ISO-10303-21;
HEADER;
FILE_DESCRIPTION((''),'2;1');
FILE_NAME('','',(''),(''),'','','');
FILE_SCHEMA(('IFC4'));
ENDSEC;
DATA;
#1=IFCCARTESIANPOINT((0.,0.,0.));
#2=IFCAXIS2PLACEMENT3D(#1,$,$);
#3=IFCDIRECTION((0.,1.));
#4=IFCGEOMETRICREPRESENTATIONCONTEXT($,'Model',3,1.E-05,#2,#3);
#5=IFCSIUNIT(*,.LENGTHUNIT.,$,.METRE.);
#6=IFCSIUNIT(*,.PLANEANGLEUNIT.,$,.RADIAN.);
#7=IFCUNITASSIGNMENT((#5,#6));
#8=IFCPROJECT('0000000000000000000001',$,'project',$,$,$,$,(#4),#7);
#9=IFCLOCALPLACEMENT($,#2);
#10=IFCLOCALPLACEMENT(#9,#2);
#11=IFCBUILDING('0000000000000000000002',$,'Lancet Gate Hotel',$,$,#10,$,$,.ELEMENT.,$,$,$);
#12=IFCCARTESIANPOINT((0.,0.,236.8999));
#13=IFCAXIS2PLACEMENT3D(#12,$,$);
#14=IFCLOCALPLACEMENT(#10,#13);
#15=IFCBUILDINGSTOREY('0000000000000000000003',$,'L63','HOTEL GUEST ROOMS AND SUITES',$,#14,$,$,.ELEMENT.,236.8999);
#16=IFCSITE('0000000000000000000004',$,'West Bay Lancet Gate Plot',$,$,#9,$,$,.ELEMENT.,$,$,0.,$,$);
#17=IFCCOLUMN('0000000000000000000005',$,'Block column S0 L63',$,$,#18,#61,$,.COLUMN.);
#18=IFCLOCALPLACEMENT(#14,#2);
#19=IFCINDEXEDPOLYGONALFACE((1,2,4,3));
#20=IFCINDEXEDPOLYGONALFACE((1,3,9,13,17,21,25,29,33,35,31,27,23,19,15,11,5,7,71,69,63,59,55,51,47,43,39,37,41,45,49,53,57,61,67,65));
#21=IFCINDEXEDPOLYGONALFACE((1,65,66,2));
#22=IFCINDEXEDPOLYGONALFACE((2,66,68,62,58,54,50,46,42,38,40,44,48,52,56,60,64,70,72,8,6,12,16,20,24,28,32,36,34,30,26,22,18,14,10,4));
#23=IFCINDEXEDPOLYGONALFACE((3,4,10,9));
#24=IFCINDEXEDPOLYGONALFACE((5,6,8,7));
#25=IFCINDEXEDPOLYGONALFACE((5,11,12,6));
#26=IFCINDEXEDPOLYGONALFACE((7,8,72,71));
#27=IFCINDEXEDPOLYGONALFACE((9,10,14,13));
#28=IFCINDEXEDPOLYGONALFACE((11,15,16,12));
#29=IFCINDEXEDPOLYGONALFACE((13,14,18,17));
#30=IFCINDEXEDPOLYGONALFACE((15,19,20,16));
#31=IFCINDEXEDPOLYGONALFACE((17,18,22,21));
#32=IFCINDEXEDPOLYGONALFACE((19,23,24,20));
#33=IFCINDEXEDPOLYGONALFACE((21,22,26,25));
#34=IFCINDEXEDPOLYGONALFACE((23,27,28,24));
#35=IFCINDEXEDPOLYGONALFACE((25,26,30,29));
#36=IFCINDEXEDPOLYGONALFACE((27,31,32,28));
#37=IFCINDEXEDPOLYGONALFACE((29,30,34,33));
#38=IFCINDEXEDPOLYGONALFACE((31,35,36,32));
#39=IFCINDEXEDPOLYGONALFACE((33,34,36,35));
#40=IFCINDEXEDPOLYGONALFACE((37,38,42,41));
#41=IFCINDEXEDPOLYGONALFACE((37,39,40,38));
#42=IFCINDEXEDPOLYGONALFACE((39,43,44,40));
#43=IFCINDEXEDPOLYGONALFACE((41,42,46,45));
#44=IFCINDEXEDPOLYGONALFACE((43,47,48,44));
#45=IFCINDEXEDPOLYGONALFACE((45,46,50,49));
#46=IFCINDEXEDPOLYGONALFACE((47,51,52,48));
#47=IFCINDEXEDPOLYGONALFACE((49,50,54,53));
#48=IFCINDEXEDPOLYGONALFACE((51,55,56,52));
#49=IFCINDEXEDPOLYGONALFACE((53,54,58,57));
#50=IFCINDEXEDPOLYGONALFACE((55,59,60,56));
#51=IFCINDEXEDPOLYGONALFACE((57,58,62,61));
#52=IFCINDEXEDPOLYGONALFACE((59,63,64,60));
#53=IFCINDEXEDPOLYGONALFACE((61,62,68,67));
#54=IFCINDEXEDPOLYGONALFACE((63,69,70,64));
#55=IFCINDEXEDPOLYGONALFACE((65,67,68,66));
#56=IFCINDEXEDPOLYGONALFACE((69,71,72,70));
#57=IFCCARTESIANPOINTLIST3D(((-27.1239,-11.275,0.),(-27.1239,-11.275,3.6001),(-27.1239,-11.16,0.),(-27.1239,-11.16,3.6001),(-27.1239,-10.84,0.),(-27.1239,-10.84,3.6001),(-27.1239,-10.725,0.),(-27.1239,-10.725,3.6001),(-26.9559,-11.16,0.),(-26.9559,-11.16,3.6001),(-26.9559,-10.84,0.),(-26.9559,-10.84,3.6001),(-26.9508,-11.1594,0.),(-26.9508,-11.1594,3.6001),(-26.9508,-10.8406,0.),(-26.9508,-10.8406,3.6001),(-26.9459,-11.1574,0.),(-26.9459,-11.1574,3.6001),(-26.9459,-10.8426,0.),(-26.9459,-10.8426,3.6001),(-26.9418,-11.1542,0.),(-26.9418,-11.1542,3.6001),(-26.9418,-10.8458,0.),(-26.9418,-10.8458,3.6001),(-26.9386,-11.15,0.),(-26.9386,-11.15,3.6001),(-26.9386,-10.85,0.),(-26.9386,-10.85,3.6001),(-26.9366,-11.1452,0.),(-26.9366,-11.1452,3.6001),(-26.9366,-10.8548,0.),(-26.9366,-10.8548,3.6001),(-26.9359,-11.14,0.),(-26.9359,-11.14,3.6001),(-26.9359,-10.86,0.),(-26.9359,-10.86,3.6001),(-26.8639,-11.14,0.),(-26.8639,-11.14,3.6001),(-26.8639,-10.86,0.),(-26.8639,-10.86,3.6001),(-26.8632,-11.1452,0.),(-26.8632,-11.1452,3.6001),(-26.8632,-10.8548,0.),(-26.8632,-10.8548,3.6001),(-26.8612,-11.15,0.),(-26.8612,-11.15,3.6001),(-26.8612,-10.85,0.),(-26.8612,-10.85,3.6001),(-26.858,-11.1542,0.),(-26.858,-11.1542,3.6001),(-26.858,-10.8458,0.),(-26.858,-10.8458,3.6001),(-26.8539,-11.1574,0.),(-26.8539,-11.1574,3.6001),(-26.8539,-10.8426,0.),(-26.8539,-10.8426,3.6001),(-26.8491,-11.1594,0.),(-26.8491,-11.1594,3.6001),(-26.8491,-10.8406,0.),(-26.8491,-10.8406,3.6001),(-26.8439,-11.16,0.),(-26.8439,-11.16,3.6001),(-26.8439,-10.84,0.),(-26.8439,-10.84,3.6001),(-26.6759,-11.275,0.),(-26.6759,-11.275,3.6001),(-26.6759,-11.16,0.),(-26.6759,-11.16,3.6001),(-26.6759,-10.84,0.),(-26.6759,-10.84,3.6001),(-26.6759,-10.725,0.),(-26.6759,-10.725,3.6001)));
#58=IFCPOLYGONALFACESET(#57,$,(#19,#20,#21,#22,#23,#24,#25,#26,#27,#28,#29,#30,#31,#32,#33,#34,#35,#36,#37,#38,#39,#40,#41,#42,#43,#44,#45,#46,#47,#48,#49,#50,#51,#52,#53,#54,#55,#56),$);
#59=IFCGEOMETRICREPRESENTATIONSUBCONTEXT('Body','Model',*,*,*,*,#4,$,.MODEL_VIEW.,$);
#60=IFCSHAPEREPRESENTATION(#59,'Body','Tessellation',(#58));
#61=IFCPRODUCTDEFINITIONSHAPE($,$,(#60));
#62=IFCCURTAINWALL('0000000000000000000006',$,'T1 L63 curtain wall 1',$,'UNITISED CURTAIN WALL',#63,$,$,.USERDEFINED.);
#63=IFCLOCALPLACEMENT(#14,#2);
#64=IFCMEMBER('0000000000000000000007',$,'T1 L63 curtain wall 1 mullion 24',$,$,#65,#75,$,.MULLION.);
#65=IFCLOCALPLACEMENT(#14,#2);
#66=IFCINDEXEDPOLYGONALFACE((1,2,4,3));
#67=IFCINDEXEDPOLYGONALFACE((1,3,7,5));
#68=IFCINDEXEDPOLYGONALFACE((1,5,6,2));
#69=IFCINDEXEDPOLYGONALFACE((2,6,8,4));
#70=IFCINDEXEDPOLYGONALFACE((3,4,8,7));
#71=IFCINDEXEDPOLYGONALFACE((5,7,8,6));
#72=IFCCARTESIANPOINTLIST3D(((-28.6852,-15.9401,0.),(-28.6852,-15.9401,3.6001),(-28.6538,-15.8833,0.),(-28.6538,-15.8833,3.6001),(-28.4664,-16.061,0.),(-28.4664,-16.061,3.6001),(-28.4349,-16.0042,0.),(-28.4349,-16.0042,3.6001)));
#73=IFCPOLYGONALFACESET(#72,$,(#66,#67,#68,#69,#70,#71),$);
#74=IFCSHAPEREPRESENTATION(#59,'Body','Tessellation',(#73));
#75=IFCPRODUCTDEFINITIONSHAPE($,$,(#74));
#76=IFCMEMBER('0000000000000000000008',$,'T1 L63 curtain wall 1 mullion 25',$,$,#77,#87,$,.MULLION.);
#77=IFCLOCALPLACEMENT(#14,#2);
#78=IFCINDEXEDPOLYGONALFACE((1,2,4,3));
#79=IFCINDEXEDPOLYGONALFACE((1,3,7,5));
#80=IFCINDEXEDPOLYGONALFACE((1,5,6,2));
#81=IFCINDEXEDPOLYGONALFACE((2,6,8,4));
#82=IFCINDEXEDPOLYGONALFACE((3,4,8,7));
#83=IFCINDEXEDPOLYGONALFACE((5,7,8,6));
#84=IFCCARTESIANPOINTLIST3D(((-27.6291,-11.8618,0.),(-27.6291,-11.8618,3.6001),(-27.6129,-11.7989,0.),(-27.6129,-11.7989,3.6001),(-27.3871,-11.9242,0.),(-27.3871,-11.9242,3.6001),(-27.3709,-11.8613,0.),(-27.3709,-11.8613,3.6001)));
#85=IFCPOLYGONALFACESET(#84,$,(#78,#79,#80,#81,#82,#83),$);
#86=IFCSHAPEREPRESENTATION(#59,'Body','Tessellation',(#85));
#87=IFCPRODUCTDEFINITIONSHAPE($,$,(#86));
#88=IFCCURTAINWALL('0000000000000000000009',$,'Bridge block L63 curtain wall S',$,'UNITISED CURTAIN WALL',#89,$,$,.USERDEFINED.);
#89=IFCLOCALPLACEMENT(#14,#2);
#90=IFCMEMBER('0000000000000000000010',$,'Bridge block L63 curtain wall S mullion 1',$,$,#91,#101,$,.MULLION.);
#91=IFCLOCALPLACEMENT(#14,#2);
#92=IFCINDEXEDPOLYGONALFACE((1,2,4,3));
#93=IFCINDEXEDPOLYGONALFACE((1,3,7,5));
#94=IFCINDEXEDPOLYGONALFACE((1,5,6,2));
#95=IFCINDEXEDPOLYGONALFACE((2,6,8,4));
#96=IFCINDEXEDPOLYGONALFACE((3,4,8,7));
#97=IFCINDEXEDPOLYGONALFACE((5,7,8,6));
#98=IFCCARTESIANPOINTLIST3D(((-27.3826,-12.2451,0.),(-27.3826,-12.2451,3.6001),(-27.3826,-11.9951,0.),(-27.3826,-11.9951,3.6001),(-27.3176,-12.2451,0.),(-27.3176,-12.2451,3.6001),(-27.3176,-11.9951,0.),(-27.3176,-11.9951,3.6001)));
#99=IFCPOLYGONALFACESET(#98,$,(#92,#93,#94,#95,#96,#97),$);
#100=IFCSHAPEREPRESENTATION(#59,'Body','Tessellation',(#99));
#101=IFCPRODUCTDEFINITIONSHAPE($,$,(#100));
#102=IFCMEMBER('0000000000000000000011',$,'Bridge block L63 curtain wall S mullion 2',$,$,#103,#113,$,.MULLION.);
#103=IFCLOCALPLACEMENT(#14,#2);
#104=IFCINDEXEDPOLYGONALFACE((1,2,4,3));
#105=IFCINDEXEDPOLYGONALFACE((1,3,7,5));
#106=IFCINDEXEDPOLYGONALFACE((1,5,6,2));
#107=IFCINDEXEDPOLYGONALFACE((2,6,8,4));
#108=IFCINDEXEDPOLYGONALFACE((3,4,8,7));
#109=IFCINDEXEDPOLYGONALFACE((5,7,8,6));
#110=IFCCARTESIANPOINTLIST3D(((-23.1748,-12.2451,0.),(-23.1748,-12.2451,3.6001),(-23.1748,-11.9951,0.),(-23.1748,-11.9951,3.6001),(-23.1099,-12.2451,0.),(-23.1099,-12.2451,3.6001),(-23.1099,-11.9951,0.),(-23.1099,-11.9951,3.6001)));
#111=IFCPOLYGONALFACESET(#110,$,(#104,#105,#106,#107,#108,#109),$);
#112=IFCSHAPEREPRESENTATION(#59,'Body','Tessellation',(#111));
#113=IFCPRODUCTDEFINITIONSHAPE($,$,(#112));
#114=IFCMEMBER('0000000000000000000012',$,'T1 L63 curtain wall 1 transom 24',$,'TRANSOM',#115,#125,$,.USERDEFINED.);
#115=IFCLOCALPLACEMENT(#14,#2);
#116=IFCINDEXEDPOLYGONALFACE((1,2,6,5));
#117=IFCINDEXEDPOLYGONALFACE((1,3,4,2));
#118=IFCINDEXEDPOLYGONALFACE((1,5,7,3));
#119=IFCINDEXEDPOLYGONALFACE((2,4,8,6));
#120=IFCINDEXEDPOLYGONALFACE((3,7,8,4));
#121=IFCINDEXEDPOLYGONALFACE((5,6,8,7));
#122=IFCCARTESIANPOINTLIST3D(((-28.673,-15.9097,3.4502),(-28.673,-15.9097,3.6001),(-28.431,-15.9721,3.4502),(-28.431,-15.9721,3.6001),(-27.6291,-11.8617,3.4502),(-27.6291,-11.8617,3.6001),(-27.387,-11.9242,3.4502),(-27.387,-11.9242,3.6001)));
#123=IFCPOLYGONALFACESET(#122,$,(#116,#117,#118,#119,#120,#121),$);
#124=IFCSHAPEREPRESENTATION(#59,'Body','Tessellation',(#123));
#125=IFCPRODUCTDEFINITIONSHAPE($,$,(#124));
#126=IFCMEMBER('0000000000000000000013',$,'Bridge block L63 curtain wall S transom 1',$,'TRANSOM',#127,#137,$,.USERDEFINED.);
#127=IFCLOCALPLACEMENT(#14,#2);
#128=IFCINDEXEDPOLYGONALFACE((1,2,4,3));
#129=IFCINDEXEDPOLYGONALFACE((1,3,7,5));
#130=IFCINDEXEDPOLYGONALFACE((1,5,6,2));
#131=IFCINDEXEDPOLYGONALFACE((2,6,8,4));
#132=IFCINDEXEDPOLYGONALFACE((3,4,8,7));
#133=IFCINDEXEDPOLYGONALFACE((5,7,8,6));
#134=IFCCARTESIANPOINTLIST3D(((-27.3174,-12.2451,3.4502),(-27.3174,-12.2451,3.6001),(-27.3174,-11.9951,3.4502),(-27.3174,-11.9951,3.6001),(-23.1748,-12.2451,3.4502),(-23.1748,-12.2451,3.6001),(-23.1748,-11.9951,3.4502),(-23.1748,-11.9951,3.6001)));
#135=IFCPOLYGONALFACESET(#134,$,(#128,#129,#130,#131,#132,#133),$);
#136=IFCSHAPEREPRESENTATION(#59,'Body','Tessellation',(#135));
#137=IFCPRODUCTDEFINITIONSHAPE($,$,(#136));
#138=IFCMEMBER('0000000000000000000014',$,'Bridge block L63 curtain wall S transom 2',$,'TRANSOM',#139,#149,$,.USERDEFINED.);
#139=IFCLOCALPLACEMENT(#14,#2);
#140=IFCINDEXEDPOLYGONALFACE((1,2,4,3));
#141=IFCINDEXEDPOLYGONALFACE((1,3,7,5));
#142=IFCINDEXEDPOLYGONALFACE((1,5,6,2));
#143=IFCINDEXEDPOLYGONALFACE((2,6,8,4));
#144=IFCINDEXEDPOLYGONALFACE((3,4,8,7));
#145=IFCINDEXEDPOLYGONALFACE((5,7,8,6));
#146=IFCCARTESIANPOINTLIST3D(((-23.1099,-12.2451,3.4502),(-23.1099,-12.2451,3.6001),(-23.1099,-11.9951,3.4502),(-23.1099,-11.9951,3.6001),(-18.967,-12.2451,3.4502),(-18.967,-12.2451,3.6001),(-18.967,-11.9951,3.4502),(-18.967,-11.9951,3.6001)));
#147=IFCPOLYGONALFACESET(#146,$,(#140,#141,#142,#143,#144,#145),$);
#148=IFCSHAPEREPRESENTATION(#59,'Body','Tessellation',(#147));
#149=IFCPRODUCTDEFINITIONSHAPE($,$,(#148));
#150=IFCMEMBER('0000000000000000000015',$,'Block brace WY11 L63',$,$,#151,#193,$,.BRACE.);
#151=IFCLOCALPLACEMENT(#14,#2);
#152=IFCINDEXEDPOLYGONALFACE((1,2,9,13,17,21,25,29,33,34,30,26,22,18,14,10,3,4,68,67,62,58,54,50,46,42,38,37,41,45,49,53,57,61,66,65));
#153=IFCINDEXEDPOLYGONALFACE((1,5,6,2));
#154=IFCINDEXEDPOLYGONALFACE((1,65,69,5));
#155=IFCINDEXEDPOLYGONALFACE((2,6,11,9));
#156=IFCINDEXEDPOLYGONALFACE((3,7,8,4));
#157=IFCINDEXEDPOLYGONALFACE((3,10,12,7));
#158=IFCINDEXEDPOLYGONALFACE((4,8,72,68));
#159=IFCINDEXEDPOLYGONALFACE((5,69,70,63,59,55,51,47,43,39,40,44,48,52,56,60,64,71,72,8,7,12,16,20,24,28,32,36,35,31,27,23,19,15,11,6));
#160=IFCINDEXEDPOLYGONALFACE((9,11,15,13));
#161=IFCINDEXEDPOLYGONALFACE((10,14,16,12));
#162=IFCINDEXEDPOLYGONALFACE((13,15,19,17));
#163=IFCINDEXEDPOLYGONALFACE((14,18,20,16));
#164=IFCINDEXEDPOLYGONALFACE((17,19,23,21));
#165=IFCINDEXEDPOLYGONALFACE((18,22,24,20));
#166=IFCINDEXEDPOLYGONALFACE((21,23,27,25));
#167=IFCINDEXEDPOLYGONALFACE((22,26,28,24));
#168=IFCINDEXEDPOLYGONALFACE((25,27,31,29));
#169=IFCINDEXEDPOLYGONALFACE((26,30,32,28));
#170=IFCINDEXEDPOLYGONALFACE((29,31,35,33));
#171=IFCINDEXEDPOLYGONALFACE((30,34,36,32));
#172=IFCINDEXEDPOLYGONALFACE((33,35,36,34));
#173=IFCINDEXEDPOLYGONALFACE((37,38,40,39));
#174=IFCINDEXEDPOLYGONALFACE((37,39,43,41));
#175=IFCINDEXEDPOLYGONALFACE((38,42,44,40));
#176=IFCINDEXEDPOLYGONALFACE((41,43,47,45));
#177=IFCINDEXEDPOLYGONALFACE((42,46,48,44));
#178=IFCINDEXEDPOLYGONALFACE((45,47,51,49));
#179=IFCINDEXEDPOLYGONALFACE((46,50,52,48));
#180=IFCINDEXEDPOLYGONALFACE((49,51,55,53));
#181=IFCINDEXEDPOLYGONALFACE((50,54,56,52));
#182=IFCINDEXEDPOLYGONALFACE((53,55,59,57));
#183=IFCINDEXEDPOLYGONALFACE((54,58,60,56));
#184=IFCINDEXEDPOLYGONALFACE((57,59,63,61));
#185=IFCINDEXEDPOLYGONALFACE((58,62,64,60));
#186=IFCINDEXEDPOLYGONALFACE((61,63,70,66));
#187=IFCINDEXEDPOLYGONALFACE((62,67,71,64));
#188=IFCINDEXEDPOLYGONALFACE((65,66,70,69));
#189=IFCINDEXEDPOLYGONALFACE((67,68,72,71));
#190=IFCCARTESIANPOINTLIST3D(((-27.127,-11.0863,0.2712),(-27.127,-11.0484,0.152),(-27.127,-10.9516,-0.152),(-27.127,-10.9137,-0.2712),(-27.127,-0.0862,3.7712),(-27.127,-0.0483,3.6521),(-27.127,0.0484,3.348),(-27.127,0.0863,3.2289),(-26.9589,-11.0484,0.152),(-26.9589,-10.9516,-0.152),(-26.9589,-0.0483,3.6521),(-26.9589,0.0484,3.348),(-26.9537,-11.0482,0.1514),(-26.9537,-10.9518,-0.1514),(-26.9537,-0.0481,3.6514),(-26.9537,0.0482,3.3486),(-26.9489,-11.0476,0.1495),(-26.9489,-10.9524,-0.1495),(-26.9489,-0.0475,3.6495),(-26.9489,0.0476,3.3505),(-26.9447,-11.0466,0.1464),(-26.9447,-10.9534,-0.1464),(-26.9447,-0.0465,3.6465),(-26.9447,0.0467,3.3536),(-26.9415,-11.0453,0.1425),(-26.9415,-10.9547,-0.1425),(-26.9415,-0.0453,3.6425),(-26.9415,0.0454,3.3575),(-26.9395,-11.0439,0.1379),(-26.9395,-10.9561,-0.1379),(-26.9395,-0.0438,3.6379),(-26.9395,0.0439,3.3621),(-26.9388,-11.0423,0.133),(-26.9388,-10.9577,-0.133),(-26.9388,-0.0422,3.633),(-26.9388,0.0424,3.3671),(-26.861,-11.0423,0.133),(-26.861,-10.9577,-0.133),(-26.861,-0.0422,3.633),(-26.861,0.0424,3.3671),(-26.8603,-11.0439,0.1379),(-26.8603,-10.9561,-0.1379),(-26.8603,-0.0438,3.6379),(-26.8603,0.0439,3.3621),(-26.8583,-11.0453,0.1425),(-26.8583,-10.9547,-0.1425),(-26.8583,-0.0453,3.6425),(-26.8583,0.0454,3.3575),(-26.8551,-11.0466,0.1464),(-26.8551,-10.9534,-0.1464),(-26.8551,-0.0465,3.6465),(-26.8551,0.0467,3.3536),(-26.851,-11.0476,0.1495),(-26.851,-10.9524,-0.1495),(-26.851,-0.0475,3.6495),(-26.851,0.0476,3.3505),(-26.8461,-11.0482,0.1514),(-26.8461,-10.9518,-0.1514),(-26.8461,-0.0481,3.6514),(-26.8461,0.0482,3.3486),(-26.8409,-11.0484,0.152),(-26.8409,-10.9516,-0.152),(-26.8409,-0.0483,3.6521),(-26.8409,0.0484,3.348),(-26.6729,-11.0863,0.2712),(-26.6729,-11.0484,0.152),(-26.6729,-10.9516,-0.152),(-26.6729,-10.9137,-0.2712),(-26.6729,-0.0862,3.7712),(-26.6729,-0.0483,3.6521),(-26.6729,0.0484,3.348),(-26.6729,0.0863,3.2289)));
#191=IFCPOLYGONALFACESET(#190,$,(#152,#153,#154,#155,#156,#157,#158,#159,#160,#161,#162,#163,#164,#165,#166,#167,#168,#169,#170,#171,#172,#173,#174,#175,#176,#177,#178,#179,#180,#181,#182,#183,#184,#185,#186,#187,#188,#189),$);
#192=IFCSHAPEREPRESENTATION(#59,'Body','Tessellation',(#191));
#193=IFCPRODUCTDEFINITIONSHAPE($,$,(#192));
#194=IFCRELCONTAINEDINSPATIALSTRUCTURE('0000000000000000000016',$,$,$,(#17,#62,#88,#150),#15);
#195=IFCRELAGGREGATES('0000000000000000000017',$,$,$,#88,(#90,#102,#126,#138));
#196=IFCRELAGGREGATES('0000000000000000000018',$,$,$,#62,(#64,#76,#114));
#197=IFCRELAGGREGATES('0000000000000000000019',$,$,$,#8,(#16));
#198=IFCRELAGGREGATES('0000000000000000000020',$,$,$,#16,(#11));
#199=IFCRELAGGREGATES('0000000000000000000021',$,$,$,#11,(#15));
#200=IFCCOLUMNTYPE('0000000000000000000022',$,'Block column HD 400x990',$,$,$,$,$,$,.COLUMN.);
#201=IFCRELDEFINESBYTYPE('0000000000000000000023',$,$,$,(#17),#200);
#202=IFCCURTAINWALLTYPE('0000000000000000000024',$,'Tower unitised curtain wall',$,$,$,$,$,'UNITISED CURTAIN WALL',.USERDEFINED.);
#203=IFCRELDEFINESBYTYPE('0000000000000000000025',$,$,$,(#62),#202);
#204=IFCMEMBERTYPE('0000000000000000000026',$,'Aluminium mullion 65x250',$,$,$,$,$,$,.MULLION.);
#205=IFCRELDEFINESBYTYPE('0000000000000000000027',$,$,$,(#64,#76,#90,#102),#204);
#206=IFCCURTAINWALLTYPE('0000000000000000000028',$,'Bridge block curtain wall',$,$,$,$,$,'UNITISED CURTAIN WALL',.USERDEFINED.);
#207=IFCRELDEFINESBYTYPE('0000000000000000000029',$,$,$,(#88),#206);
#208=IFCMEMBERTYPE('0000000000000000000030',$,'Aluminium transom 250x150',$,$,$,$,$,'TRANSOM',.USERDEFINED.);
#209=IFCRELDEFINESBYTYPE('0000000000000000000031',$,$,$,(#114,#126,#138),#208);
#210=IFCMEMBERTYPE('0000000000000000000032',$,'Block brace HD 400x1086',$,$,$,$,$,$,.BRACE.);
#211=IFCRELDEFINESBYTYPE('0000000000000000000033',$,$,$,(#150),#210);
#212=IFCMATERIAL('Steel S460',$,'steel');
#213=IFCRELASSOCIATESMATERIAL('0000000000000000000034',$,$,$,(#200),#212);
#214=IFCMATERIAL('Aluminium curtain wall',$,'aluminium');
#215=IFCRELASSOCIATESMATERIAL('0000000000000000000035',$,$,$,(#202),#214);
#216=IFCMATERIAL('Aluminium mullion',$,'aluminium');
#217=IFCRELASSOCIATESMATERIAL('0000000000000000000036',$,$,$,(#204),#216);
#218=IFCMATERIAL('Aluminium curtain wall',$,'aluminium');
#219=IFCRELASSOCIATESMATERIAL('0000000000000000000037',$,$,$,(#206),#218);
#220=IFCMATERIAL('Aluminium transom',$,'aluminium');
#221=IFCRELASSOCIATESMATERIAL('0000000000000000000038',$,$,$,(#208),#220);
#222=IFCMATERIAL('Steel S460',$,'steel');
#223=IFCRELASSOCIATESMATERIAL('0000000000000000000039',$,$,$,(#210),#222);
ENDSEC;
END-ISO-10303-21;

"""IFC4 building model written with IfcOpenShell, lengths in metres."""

from ifc_helpers import new_model, si_unit, direction, frame, origin, origin_2d, place, context, subcontext, project, spatial, rectangle, i_section, extrude, material, material_profile, profile_set, type_object, element, aggregate, save


model = new_model("IFC4")

# Units and contexts
model_context = context("Model", 3, precision=1e-05, world=origin(), true_north=direction((0.0, 1.0)))
body_context = subcontext(model_context, "Body", "Model", "MODEL_VIEW")
ifc_project = project(units=[si_unit("LENGTHUNIT", "METRE"), si_unit("PLANEANGLEUNIT", "RADIAN")], contexts=[model_context])

# Site, building, storey
site_placement = place(None, origin())
site = spatial("IfcSite", under=ifc_project, at=site_placement, Name="West Bay Lancet Gate Plot", CompositionType="ELEMENT", RefElevation=0.0)
building_placement = place(site_placement, origin())
building = spatial("IfcBuilding", under=site, at=building_placement, Name="Lancet Gate Hotel", CompositionType="ELEMENT")
storey_placement = place(building_placement, frame((0.0, 0.0, 236.8999)))
storey = spatial("IfcBuildingStorey", under=building, at=storey_placement, Name="L63", Description="HOTEL GUEST ROOMS AND SUITES", CompositionType="ELEMENT", Elevation=236.8999)

# Column
ifc_material_1 = material(Name="Steel S460", Category="steel")
ifc_material_profile_1 = material_profile(ifc_material_1, i_section(OverallWidth=0.448, OverallDepth=0.55, WebThickness=0.072, FlangeThickness=0.115, FilletRadius=0.02, at=origin_2d()), Name="HD 400x990")
ifc_profile_set_1 = profile_set([ifc_material_profile_1], Name="Steel S460")
column_type = type_object("IfcColumnType", Name="Block column HD 400x990", PredefinedType="COLUMN", material=ifc_profile_set_1)
column_placement = place(storey_placement, frame((-26.8999, -11.0, 0.0), z_axis=(0.0, 0.0, 1.0), x_axis=(1.0, 0.0, 0.0)))
element("IfcColumn", 1, at=column_placement, inside=storey, type_object=column_type, Name="Block column S0 L63", PredefinedType="COLUMN", context=body_context, shape_type="SweptSolid", body=[
    extrude(i_section(OverallWidth=0.448, OverallDepth=0.55, WebThickness=0.072, FlangeThickness=0.115, FilletRadius=0.02, at=origin_2d()), origin(), (0.0, 0.0, 1.0), 3.6001),
])

# Curtain walls, members
ifc_material_2 = material(Name="Aluminium curtain wall", Category="aluminium")
curtain_wall_type_1 = type_object("IfcCurtainWallType", Name="Tower unitised curtain wall", ElementType="UNITISED CURTAIN WALL", PredefinedType="USERDEFINED", material=ifc_material_2)
curtain_wall_1_placement = place(storey_placement, origin())
curtain_wall_1 = element("IfcCurtainWall", 2, at=curtain_wall_1_placement, inside=storey, type_object=curtain_wall_type_1, Name="T1 L63 curtain wall 1", ObjectType="UNITISED CURTAIN WALL", PredefinedType="USERDEFINED")
ifc_material_3 = material(Name="Aluminium mullion", Category="aluminium")
ifc_material_profile_2 = material_profile(ifc_material_3, rectangle(XDim=0.0649, YDim=0.25, at=origin_2d()), Name="MULLION 65x250")
ifc_profile_set_2 = profile_set([ifc_material_profile_2], Name="Aluminium mullion")
member_type_1 = type_object("IfcMemberType", Name="Aluminium mullion 65x250", PredefinedType="MULLION", material=ifc_profile_set_2)
member_1_placement = place(storey_placement, frame((-28.5601, -15.9722, 0.0), z_axis=(0.0, 0.0, 1.0), x_axis=(0.483627, 0.875274, 0.0)))
member_1 = element("IfcMember", 3, at=member_1_placement, type_object=member_type_1, Name="T1 L63 curtain wall 1 mullion 24", PredefinedType="MULLION", context=body_context, shape_type="SweptSolid", body=[
    extrude(rectangle(XDim=0.0649, YDim=0.25, at=origin_2d()), origin(), (0.0, 0.0, 1.0), 3.6001),
])
member_2_placement = place(storey_placement, frame((-27.5, -11.8616, 0.0), z_axis=(0.0, 0.0, 1.0), x_axis=(0.249726, 0.968317, 0.0)))
member_2 = element("IfcMember", 4, at=member_2_placement, type_object=member_type_1, Name="T1 L63 curtain wall 1 mullion 25", PredefinedType="MULLION", context=body_context, shape_type="SweptSolid", body=[
    extrude(rectangle(XDim=0.0649, YDim=0.25, at=origin_2d()), origin(), (0.0, 0.0, 1.0), 3.6001),
])
ifc_material_4 = material(Name="Aluminium curtain wall", Category="aluminium")
curtain_wall_type_2 = type_object("IfcCurtainWallType", Name="Bridge block curtain wall", ElementType="UNITISED CURTAIN WALL", PredefinedType="USERDEFINED", material=ifc_material_4)
curtain_wall_2_placement = place(storey_placement, origin())
curtain_wall_2 = element("IfcCurtainWall", 5, at=curtain_wall_2_placement, inside=storey, type_object=curtain_wall_type_2, Name="Bridge block L63 curtain wall S", ObjectType="UNITISED CURTAIN WALL", PredefinedType="USERDEFINED")
member_3_placement = place(storey_placement, frame((-27.3501, -12.1201, 0.0), z_axis=(0.0, 0.0, 1.0), x_axis=(1.0, 0.0, 0.0)))
member_3 = element("IfcMember", 6, at=member_3_placement, type_object=member_type_1, Name="Bridge block L63 curtain wall S mullion 1", PredefinedType="MULLION", context=body_context, shape_type="SweptSolid", body=[
    extrude(rectangle(XDim=0.0649, YDim=0.25, at=origin_2d()), origin(), (0.0, 0.0, 1.0), 3.6001),
])
member_4_placement = place(storey_placement, frame((-23.1423, -12.1201, 0.0), z_axis=(0.0, 0.0, 1.0), x_axis=(1.0, 0.0, 0.0)))
member_4 = element("IfcMember", 7, at=member_4_placement, type_object=member_type_1, Name="Bridge block L63 curtain wall S mullion 2", PredefinedType="MULLION", context=body_context, shape_type="SweptSolid", body=[
    extrude(rectangle(XDim=0.0649, YDim=0.25, at=origin_2d()), origin(), (0.0, 0.0, 1.0), 3.6001),
])

# Members
ifc_material_5 = material(Name="Aluminium transom", Category="aluminium")
ifc_material_profile_3 = material_profile(ifc_material_5, rectangle(XDim=0.25, YDim=0.1499, at=origin_2d()), Name="TRANSOM 250x150")
ifc_profile_set_3 = profile_set([ifc_material_profile_3], Name="Aluminium transom")
member_type_2 = type_object("IfcMemberType", Name="Aluminium transom 250x150", ElementType="TRANSOM", PredefinedType="USERDEFINED", material=ifc_profile_set_3)
member_5_placement = place(storey_placement, frame((-28.552, -15.9409, 3.5251), z_axis=(0.249716, 0.968319, 0.0), x_axis=(-0.968319, 0.249716, 0.0)))
member_5 = element("IfcMember", 8, at=member_5_placement, type_object=member_type_2, Name="T1 L63 curtain wall 1 transom 24", ObjectType="TRANSOM", PredefinedType="USERDEFINED", context=body_context, shape_type="SweptSolid", body=[
    extrude(rectangle(XDim=0.25, YDim=0.1499, at=origin_2d()), origin(), (0.0, 0.0, 1.0), 4.1804),
])
member_6_placement = place(storey_placement, frame((-27.3174, -12.1201, 3.5251), z_axis=(1.0, 0.0, 0.0), x_axis=(0.0, 1.0, 0.0)))
member_6 = element("IfcMember", 9, at=member_6_placement, type_object=member_type_2, Name="Bridge block L63 curtain wall S transom 1", ObjectType="TRANSOM", PredefinedType="USERDEFINED", context=body_context, shape_type="SweptSolid", body=[
    extrude(rectangle(XDim=0.25, YDim=0.1499, at=origin_2d()), origin(), (0.0, 0.0, 1.0), 4.1426),
])
member_7_placement = place(storey_placement, frame((-23.1099, -12.1201, 3.5251), z_axis=(1.0, 0.0, 0.0), x_axis=(0.0, 1.0, 0.0)))
member_7 = element("IfcMember", 10, at=member_7_placement, type_object=member_type_2, Name="Bridge block L63 curtain wall S transom 2", ObjectType="TRANSOM", PredefinedType="USERDEFINED", context=body_context, shape_type="SweptSolid", body=[
    extrude(rectangle(XDim=0.25, YDim=0.1499, at=origin_2d()), origin(), (0.0, 0.0, 1.0), 4.1428),
])
ifc_material_6 = material(Name="Steel S460", Category="steel")
ifc_material_profile_4 = material_profile(ifc_material_6, i_section(OverallWidth=0.4541, OverallDepth=0.5691, WebThickness=0.0779, FlangeThickness=0.125, FilletRadius=0.02, at=origin_2d()), Name="HD 400x1086")
ifc_profile_set_4 = profile_set([ifc_material_profile_4], Name="Steel S460")
member_type_3 = type_object("IfcMemberType", Name="Block brace HD 400x1086", PredefinedType="BRACE", material=ifc_profile_set_4)
member_8_placement = place(storey_placement, frame((-26.8999, -11.0, 0.0), z_axis=(0.0, 0.952926, 0.303204), x_axis=(-1.0, 0.0, 0.0)))
element("IfcMember", 11, at=member_8_placement, inside=storey, type_object=member_type_3, Name="Block brace WY11 L63", PredefinedType="BRACE", context=body_context, shape_type="SweptSolid", body=[
    extrude(i_section(OverallWidth=0.4541, OverallDepth=0.5691, WebThickness=0.0779, FlangeThickness=0.125, FilletRadius=0.02, at=origin_2d()), origin(), (0.0, 0.0, 1.0), 11.5435),
])

aggregate(curtain_wall_2, [member_3, member_4, member_6, member_7])
aggregate(curtain_wall_1, [member_1, member_2, member_5])

save(model, "model.ifc")
